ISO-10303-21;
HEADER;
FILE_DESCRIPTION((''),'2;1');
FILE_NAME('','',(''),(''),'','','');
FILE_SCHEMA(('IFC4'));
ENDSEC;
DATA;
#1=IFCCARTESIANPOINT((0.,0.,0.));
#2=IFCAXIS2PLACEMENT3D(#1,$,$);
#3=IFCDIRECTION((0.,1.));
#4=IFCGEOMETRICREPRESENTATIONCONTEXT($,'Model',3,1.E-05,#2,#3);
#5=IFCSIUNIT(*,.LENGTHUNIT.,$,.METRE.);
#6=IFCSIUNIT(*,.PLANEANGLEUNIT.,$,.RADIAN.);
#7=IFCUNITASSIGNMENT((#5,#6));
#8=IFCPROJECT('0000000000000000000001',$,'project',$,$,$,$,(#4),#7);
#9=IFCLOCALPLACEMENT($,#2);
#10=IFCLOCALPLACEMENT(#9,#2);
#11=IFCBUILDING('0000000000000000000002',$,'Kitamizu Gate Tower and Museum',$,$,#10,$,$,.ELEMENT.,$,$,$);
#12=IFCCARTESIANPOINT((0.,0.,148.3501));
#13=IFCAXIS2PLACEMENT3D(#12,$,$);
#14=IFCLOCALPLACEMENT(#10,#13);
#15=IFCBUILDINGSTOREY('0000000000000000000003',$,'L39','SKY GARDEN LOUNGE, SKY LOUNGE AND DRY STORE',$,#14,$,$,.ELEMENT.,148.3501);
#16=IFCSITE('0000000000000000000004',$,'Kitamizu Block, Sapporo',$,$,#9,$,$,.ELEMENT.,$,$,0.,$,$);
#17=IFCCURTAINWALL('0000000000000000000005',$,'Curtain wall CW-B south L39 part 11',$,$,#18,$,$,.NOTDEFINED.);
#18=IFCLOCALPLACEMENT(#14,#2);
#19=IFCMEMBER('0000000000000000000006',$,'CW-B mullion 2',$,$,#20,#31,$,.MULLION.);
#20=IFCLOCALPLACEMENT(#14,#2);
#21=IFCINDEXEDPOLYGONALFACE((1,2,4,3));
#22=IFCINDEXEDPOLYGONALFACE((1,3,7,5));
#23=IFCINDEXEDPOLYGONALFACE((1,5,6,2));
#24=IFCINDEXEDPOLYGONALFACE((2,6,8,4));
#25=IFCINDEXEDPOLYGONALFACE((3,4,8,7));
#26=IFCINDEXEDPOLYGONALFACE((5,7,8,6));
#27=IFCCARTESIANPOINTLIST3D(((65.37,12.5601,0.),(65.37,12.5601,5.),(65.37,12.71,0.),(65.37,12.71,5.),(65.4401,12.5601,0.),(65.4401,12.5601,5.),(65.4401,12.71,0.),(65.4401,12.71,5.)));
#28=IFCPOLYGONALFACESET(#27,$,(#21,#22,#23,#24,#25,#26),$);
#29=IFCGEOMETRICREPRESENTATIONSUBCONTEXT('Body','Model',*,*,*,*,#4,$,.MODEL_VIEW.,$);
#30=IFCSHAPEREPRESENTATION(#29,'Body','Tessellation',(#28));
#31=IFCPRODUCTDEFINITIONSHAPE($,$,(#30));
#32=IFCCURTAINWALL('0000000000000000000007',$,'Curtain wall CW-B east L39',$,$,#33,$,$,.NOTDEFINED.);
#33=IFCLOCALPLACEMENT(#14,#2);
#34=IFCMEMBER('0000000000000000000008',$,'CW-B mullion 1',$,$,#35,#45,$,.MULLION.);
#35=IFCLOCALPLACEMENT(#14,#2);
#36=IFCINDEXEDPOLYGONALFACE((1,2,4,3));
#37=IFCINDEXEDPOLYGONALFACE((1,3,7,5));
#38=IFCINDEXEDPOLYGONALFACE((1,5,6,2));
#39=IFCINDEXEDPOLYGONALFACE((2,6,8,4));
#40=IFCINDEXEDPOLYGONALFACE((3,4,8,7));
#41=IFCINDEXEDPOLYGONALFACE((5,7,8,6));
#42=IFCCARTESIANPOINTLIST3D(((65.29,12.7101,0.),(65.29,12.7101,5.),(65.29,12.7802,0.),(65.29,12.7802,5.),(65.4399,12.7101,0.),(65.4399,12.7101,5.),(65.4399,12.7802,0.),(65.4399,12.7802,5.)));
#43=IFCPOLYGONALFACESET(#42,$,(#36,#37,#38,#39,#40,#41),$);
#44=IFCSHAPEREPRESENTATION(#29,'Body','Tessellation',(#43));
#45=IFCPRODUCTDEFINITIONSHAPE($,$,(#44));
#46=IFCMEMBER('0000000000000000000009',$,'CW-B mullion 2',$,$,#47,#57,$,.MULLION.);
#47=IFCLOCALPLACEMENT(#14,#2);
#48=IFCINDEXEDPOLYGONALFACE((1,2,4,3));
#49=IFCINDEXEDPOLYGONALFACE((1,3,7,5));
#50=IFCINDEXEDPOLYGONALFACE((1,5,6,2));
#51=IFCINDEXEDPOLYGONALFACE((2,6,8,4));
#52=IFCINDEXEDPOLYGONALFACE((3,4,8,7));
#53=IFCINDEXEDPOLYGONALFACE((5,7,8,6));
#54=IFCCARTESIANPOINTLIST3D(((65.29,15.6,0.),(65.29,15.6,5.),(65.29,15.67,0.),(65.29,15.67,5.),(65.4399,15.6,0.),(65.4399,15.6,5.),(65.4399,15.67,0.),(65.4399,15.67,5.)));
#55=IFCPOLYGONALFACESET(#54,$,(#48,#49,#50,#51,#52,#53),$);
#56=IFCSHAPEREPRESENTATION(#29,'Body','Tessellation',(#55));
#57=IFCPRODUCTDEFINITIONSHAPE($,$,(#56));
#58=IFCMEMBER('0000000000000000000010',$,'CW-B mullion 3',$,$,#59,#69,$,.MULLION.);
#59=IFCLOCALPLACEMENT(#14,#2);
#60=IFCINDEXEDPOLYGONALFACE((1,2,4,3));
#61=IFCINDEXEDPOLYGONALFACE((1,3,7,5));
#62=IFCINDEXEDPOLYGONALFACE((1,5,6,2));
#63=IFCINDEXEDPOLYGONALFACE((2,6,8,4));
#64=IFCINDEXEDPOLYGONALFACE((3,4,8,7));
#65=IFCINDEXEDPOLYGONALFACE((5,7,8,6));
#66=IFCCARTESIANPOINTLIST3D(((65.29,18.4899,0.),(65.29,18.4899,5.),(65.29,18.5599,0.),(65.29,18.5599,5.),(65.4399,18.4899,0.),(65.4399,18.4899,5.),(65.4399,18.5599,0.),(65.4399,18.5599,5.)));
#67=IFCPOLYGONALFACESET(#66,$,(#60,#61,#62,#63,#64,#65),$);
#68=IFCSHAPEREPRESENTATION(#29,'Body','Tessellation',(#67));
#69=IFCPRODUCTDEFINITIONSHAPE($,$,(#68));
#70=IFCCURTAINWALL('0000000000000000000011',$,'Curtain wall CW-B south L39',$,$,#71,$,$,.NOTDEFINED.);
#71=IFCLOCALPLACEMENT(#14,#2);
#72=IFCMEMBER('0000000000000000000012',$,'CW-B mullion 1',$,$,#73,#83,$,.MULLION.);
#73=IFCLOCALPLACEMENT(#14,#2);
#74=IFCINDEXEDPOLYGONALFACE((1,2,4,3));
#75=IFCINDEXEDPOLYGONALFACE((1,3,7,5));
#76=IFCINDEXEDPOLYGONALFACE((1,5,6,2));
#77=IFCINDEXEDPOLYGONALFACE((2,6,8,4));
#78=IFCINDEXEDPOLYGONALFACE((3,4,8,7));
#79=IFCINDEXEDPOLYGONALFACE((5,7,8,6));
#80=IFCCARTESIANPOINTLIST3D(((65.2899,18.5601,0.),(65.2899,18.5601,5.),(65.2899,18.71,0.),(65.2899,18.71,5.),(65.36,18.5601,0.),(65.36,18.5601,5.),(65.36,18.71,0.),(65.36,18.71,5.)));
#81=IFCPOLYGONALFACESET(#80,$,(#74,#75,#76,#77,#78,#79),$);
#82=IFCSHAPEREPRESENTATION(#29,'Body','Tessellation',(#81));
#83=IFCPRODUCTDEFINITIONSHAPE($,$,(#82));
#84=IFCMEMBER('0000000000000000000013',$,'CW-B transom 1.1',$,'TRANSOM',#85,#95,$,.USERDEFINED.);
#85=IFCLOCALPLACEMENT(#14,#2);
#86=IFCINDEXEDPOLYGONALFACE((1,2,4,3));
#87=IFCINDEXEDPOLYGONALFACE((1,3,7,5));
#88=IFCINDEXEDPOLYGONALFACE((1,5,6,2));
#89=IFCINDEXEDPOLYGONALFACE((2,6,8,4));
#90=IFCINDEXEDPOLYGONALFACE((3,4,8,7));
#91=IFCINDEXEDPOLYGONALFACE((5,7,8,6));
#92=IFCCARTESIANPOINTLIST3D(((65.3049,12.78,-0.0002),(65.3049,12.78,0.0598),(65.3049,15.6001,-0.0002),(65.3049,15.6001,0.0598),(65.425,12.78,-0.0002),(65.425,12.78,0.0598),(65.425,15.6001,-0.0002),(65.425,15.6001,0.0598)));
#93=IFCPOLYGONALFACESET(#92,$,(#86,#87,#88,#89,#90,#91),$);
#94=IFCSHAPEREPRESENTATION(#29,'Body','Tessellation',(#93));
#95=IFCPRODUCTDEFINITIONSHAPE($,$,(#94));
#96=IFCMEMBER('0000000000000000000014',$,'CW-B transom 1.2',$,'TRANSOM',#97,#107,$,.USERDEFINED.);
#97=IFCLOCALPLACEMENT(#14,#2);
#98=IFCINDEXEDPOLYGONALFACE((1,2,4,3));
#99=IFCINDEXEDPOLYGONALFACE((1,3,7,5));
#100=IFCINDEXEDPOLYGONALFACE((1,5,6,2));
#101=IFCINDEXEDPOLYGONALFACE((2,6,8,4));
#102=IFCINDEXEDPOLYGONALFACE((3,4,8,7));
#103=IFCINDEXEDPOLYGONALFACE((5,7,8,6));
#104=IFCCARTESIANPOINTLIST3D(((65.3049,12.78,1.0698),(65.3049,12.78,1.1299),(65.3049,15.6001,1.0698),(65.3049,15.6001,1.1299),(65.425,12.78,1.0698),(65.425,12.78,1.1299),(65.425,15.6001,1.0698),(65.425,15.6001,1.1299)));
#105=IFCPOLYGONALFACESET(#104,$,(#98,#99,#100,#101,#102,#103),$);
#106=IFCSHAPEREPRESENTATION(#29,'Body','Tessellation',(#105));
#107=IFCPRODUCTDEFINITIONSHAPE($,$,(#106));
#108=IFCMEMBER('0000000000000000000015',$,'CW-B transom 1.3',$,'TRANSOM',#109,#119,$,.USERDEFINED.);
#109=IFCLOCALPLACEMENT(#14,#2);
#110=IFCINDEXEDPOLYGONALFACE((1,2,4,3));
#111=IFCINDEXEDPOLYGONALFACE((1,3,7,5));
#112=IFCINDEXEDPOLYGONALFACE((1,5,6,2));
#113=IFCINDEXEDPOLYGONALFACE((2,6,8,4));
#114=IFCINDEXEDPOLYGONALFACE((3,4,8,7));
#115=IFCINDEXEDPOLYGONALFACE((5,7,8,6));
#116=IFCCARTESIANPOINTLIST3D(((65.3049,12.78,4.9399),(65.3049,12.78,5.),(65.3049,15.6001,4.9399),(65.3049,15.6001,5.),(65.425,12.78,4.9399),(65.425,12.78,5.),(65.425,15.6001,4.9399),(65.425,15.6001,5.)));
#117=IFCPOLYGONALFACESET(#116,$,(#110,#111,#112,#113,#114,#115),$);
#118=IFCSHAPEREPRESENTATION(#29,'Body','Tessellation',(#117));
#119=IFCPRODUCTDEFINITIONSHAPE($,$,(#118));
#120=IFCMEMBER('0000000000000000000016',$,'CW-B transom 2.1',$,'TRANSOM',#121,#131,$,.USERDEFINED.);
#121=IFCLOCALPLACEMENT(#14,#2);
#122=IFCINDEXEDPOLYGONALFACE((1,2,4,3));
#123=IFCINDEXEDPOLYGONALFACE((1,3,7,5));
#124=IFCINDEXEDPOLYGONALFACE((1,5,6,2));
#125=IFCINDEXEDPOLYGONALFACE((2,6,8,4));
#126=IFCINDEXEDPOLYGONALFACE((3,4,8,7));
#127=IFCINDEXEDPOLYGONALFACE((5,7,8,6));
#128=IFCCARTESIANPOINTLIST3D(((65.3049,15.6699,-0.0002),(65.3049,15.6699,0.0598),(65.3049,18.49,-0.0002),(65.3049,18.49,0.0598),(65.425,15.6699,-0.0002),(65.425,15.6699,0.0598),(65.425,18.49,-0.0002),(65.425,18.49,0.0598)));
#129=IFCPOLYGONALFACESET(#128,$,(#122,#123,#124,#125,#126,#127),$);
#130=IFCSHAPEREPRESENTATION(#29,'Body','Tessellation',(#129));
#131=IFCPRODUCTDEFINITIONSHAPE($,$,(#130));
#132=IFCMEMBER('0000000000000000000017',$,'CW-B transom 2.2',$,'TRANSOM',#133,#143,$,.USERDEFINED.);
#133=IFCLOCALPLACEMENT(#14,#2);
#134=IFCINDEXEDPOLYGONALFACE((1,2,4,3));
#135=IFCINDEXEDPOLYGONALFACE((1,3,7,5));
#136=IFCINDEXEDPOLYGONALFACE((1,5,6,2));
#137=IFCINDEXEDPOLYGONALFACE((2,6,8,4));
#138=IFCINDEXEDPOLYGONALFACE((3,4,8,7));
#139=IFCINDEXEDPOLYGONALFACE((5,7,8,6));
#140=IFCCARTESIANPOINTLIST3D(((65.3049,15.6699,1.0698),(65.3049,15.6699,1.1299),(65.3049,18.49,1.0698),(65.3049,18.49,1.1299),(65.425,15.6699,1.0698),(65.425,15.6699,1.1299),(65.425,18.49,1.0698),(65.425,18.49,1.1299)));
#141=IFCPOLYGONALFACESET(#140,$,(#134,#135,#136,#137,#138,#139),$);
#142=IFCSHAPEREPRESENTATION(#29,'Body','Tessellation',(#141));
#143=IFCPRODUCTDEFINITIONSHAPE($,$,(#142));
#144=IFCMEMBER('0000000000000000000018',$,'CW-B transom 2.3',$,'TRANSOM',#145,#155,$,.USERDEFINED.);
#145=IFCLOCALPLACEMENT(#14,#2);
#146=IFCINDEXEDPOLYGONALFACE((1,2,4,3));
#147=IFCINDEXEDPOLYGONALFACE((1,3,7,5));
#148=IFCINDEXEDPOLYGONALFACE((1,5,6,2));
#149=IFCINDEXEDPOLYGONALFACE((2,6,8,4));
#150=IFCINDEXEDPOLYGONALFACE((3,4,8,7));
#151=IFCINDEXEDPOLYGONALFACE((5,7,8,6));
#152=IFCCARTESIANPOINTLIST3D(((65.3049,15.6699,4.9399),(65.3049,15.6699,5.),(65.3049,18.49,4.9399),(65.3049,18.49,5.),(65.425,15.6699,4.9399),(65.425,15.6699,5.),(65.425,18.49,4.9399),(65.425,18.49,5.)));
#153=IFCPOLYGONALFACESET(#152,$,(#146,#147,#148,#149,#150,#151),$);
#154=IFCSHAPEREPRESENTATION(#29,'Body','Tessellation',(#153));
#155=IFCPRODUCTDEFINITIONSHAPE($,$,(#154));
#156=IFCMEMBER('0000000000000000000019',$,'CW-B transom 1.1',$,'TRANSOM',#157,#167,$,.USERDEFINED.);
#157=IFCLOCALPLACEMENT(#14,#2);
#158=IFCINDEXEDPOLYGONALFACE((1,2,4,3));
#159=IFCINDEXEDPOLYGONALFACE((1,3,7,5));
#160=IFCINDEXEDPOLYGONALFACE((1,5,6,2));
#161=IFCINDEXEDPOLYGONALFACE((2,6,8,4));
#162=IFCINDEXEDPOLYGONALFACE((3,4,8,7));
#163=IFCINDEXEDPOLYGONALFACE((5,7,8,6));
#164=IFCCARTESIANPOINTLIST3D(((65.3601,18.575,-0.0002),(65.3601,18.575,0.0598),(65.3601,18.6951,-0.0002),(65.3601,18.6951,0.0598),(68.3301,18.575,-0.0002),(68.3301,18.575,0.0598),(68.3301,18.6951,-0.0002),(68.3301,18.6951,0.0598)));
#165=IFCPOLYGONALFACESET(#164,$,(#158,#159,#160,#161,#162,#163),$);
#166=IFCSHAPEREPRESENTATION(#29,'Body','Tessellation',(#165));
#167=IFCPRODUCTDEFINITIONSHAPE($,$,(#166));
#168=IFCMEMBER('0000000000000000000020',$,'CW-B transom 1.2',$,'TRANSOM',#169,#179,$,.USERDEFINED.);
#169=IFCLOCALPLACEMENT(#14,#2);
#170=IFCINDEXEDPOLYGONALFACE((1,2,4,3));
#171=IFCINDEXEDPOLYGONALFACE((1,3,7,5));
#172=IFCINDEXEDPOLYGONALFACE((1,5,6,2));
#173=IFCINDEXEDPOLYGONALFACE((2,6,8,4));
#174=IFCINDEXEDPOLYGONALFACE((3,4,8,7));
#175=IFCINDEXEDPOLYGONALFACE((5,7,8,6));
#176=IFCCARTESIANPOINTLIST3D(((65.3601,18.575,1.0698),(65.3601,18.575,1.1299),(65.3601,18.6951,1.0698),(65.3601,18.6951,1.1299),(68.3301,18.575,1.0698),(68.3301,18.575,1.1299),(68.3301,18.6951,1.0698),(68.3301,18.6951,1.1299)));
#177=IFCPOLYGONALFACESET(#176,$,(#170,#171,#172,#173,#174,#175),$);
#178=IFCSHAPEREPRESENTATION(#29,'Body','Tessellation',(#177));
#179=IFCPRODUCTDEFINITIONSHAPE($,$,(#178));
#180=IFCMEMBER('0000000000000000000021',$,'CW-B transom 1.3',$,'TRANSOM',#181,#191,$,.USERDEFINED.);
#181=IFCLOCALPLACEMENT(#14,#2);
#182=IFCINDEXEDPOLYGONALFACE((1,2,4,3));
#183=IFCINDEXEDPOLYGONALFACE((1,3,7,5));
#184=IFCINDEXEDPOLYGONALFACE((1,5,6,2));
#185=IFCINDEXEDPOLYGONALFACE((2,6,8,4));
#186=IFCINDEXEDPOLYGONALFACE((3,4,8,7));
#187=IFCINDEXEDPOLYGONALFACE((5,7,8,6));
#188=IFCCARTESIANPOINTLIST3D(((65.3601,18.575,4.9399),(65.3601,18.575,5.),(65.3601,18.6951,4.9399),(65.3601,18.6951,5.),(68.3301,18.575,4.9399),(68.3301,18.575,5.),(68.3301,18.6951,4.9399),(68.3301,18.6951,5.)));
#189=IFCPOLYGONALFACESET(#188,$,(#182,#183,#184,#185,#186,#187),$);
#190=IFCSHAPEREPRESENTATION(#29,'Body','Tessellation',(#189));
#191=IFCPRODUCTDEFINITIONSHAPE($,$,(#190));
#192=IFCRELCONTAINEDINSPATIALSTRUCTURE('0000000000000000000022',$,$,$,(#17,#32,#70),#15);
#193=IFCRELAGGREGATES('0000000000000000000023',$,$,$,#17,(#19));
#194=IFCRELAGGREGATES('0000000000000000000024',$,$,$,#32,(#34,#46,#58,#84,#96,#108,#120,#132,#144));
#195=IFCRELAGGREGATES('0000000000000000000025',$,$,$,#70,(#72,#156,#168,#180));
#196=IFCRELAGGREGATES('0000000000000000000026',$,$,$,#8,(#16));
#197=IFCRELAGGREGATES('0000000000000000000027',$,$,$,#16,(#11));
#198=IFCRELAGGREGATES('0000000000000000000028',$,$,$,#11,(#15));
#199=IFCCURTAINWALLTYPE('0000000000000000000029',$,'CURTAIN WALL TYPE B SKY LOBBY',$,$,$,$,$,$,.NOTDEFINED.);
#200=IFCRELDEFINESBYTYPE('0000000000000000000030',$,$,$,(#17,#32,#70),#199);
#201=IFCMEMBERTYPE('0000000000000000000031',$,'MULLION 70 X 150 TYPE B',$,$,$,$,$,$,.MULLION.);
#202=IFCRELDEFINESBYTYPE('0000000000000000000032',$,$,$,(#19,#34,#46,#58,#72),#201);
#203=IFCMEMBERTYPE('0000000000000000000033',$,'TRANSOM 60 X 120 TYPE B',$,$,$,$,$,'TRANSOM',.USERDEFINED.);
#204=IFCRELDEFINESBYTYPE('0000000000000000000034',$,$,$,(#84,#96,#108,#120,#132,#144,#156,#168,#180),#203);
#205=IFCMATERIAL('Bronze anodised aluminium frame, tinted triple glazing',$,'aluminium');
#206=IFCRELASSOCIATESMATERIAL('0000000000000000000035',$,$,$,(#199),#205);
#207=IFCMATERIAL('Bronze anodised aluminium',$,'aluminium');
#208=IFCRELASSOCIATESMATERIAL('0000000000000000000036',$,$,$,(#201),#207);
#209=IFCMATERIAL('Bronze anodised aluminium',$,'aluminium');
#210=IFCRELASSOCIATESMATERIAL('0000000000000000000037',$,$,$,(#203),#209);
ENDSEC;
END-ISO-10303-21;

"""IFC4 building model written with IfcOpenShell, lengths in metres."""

from ifc_helpers import new_model, si_unit, direction, frame, origin, origin_2d, place, context, subcontext, project, spatial, rectangle, extrude, material, material_profile, profile_set, type_object, element, aggregate, save


model = new_model("IFC4")

# Units and contexts
model_context = context("Model", 3, precision=1e-05, world=origin(), true_north=direction((0.0, 1.0)))
body_context = subcontext(model_context, "Body", "Model", "MODEL_VIEW")
ifc_project = project(units=[si_unit("LENGTHUNIT", "METRE"), si_unit("PLANEANGLEUNIT", "RADIAN")], contexts=[model_context])

# Site, building, storey
site_placement = place(None, origin())
site = spatial("IfcSite", under=ifc_project, at=site_placement, Name="Kitamizu Block, Sapporo", CompositionType="ELEMENT", RefElevation=0.0)
building_placement = place(site_placement, origin())
building = spatial("IfcBuilding", under=site, at=building_placement, Name="Kitamizu Gate Tower and Museum", CompositionType="ELEMENT")
storey_placement = place(building_placement, frame((0.0, 0.0, 148.3501)))
storey = spatial("IfcBuildingStorey", under=building, at=storey_placement, Name="L39", Description="SKY GARDEN LOUNGE, SKY LOUNGE AND DRY STORE", CompositionType="ELEMENT", Elevation=148.3501)

# Curtain wall, member
ifc_material_1 = material(Name="Bronze anodised aluminium frame, tinted triple glazing", Category="aluminium")
curtain_wall_type = type_object("IfcCurtainWallType", Name="CURTAIN WALL TYPE B SKY LOBBY", PredefinedType="NOTDEFINED", material=ifc_material_1)
curtain_wall_1_placement = place(storey_placement, origin())
curtain_wall_1 = element("IfcCurtainWall", 1, at=curtain_wall_1_placement, inside=storey, type_object=curtain_wall_type, Name="Curtain wall CW-B south L39 part 11", PredefinedType="NOTDEFINED")
ifc_material_2 = material(Name="Bronze anodised aluminium", Category="aluminium")
ifc_material_profile_1 = material_profile(ifc_material_2, rectangle(XDim=0.0701, YDim=0.1499, at=origin_2d()), Name="AL 70X150")
ifc_profile_set_1 = profile_set([ifc_material_profile_1], Name="Bronze anodised aluminium")
member_type_1 = type_object("IfcMemberType", Name="MULLION 70 X 150 TYPE B", PredefinedType="MULLION", material=ifc_profile_set_1)
member_1_placement = place(storey_placement, frame((65.405, 12.635, 0.0), z_axis=(0.0, 0.0, 1.0), x_axis=(1.0, 0.0, 0.0)))
member_1 = element("IfcMember", 2, at=member_1_placement, type_object=member_type_1, Name="CW-B mullion 2", PredefinedType="MULLION", context=body_context, shape_type="SweptSolid", body=[
    extrude(rectangle(XDim=0.0701, YDim=0.1499, at=origin_2d()), origin(), (0.0, 0.0, 1.0), 5.0),
])
aggregate(curtain_wall_1, [member_1])

# Curtain wall, members
curtain_wall_2_placement = place(storey_placement, origin())
curtain_wall_2 = element("IfcCurtainWall", 3, at=curtain_wall_2_placement, inside=storey, type_object=curtain_wall_type, Name="Curtain wall CW-B east L39", PredefinedType="NOTDEFINED")
member_2_placement = place(storey_placement, frame((65.365, 12.7451, 0.0), z_axis=(0.0, 0.0, 1.0), x_axis=(0.0, 1.0, 0.0)))
member_2 = element("IfcMember", 4, at=member_2_placement, type_object=member_type_1, Name="CW-B mullion 1", PredefinedType="MULLION", context=body_context, shape_type="SweptSolid", body=[
    extrude(rectangle(XDim=0.0701, YDim=0.1499, at=origin_2d()), origin(), (0.0, 0.0, 1.0), 5.0),
])
member_3_placement = place(storey_placement, frame((65.365, 15.635, 0.0), z_axis=(0.0, 0.0, 1.0), x_axis=(0.0, 1.0, 0.0)))
member_3 = element("IfcMember", 5, at=member_3_placement, type_object=member_type_1, Name="CW-B mullion 2", PredefinedType="MULLION", context=body_context, shape_type="SweptSolid", body=[
    extrude(rectangle(XDim=0.0701, YDim=0.1499, at=origin_2d()), origin(), (0.0, 0.0, 1.0), 5.0),
])
member_4_placement = place(storey_placement, frame((65.365, 18.5249, 0.0), z_axis=(0.0, 0.0, 1.0), x_axis=(0.0, 1.0, 0.0)))
member_4 = element("IfcMember", 6, at=member_4_placement, type_object=member_type_1, Name="CW-B mullion 3", PredefinedType="MULLION", context=body_context, shape_type="SweptSolid", body=[
    extrude(rectangle(XDim=0.0701, YDim=0.1499, at=origin_2d()), origin(), (0.0, 0.0, 1.0), 5.0),
])

# Curtain wall, member
curtain_wall_3_placement = place(storey_placement, origin())
curtain_wall_3 = element("IfcCurtainWall", 7, at=curtain_wall_3_placement, inside=storey, type_object=curtain_wall_type, Name="Curtain wall CW-B south L39", PredefinedType="NOTDEFINED")
member_5_placement = place(storey_placement, frame((65.325, 18.635, 0.0), z_axis=(0.0, 0.0, 1.0), x_axis=(1.0, 0.0, 0.0)))
member_5 = element("IfcMember", 8, at=member_5_placement, type_object=member_type_1, Name="CW-B mullion 1", PredefinedType="MULLION", context=body_context, shape_type="SweptSolid", body=[
    extrude(rectangle(XDim=0.0701, YDim=0.1499, at=origin_2d()), origin(), (0.0, 0.0, 1.0), 5.0),
])

# Members
ifc_material_3 = material(Name="Bronze anodised aluminium", Category="aluminium")
ifc_material_profile_2 = material_profile(ifc_material_3, rectangle(XDim=0.1201, YDim=0.0601, at=origin_2d()), Name="AL 60X120")
ifc_profile_set_2 = profile_set([ifc_material_profile_2], Name="Bronze anodised aluminium")
member_type_2 = type_object("IfcMemberType", Name="TRANSOM 60 X 120 TYPE B", ElementType="TRANSOM", PredefinedType="USERDEFINED", material=ifc_profile_set_2)
member_6_placement = place(storey_placement, frame((65.365, 12.78, 0.0298), z_axis=(0.0, 1.0, 0.0), x_axis=(-1.0, 0.0, 0.0)))
member_6 = element("IfcMember", 9, at=member_6_placement, type_object=member_type_2, Name="CW-B transom 1.1", ObjectType="TRANSOM", PredefinedType="USERDEFINED", context=body_context, shape_type="SweptSolid", body=[
    extrude(rectangle(XDim=0.1201, YDim=0.0601, at=origin_2d()), origin(), (0.0, 0.0, 1.0), 2.8201),
])
member_7_placement = place(storey_placement, frame((65.365, 12.78, 1.0999), z_axis=(0.0, 1.0, 0.0), x_axis=(-1.0, 0.0, 0.0)))
member_7 = element("IfcMember", 10, at=member_7_placement, type_object=member_type_2, Name="CW-B transom 1.2", ObjectType="TRANSOM", PredefinedType="USERDEFINED", context=body_context, shape_type="SweptSolid", body=[
    extrude(rectangle(XDim=0.1201, YDim=0.0601, at=origin_2d()), origin(), (0.0, 0.0, 1.0), 2.8201),
])
member_8_placement = place(storey_placement, frame((65.365, 12.78, 4.97), z_axis=(0.0, 1.0, 0.0), x_axis=(-1.0, 0.0, 0.0)))
member_8 = element("IfcMember", 11, at=member_8_placement, type_object=member_type_2, Name="CW-B transom 1.3", ObjectType="TRANSOM", PredefinedType="USERDEFINED", context=body_context, shape_type="SweptSolid", body=[
    extrude(rectangle(XDim=0.1201, YDim=0.0601, at=origin_2d()), origin(), (0.0, 0.0, 1.0), 2.8201),
])
member_9_placement = place(storey_placement, frame((65.365, 15.6699, 0.0298), z_axis=(0.0, 1.0, 0.0), x_axis=(-1.0, 0.0, 0.0)))
member_9 = element("IfcMember", 12, at=member_9_placement, type_object=member_type_2, Name="CW-B transom 2.1", ObjectType="TRANSOM", PredefinedType="USERDEFINED", context=body_context, shape_type="SweptSolid", body=[
    extrude(rectangle(XDim=0.1201, YDim=0.0601, at=origin_2d()), origin(), (0.0, 0.0, 1.0), 2.8201),
])
member_10_placement = place(storey_placement, frame((65.365, 15.6699, 1.0999), z_axis=(0.0, 1.0, 0.0), x_axis=(-1.0, 0.0, 0.0)))
member_10 = element("IfcMember", 13, at=member_10_placement, type_object=member_type_2, Name="CW-B transom 2.2", ObjectType="TRANSOM", PredefinedType="USERDEFINED", context=body_context, shape_type="SweptSolid", body=[
    extrude(rectangle(XDim=0.1201, YDim=0.0601, at=origin_2d()), origin(), (0.0, 0.0, 1.0), 2.8201),
])
member_11_placement = place(storey_placement, frame((65.365, 15.6699, 4.97), z_axis=(0.0, 1.0, 0.0), x_axis=(-1.0, 0.0, 0.0)))
member_11 = element("IfcMember", 14, at=member_11_placement, type_object=member_type_2, Name="CW-B transom 2.3", ObjectType="TRANSOM", PredefinedType="USERDEFINED", context=body_context, shape_type="SweptSolid", body=[
    extrude(rectangle(XDim=0.1201, YDim=0.0601, at=origin_2d()), origin(), (0.0, 0.0, 1.0), 2.8201),
])
member_12_placement = place(storey_placement, frame((65.3601, 18.635, 0.0298), z_axis=(1.0, 0.0, 0.0), x_axis=(0.0, 1.0, 0.0)))
member_12 = element("IfcMember", 15, at=member_12_placement, type_object=member_type_2, Name="CW-B transom 1.1", ObjectType="TRANSOM", PredefinedType="USERDEFINED", context=body_context, shape_type="SweptSolid", body=[
    extrude(rectangle(XDim=0.1201, YDim=0.0601, at=origin_2d()), origin(), (0.0, 0.0, 1.0), 2.97),
])
member_13_placement = place(storey_placement, frame((65.3601, 18.635, 1.0999), z_axis=(1.0, 0.0, 0.0), x_axis=(0.0, 1.0, 0.0)))
member_13 = element("IfcMember", 16, at=member_13_placement, type_object=member_type_2, Name="CW-B transom 1.2", ObjectType="TRANSOM", PredefinedType="USERDEFINED", context=body_context, shape_type="SweptSolid", body=[
    extrude(rectangle(XDim=0.1201, YDim=0.0601, at=origin_2d()), origin(), (0.0, 0.0, 1.0), 2.97),
])
member_14_placement = place(storey_placement, frame((65.3601, 18.635, 4.97), z_axis=(1.0, 0.0, 0.0), x_axis=(0.0, 1.0, 0.0)))
member_14 = element("IfcMember", 17, at=member_14_placement, type_object=member_type_2, Name="CW-B transom 1.3", ObjectType="TRANSOM", PredefinedType="USERDEFINED", context=body_context, shape_type="SweptSolid", body=[
    extrude(rectangle(XDim=0.1201, YDim=0.0601, at=origin_2d()), origin(), (0.0, 0.0, 1.0), 2.97),
])

aggregate(curtain_wall_2, [member_2, member_3, member_4, member_6, member_7, member_8, member_9, member_10, member_11])
aggregate(curtain_wall_3, [member_5, member_12, member_13, member_14])

save(model, "model.ifc")
